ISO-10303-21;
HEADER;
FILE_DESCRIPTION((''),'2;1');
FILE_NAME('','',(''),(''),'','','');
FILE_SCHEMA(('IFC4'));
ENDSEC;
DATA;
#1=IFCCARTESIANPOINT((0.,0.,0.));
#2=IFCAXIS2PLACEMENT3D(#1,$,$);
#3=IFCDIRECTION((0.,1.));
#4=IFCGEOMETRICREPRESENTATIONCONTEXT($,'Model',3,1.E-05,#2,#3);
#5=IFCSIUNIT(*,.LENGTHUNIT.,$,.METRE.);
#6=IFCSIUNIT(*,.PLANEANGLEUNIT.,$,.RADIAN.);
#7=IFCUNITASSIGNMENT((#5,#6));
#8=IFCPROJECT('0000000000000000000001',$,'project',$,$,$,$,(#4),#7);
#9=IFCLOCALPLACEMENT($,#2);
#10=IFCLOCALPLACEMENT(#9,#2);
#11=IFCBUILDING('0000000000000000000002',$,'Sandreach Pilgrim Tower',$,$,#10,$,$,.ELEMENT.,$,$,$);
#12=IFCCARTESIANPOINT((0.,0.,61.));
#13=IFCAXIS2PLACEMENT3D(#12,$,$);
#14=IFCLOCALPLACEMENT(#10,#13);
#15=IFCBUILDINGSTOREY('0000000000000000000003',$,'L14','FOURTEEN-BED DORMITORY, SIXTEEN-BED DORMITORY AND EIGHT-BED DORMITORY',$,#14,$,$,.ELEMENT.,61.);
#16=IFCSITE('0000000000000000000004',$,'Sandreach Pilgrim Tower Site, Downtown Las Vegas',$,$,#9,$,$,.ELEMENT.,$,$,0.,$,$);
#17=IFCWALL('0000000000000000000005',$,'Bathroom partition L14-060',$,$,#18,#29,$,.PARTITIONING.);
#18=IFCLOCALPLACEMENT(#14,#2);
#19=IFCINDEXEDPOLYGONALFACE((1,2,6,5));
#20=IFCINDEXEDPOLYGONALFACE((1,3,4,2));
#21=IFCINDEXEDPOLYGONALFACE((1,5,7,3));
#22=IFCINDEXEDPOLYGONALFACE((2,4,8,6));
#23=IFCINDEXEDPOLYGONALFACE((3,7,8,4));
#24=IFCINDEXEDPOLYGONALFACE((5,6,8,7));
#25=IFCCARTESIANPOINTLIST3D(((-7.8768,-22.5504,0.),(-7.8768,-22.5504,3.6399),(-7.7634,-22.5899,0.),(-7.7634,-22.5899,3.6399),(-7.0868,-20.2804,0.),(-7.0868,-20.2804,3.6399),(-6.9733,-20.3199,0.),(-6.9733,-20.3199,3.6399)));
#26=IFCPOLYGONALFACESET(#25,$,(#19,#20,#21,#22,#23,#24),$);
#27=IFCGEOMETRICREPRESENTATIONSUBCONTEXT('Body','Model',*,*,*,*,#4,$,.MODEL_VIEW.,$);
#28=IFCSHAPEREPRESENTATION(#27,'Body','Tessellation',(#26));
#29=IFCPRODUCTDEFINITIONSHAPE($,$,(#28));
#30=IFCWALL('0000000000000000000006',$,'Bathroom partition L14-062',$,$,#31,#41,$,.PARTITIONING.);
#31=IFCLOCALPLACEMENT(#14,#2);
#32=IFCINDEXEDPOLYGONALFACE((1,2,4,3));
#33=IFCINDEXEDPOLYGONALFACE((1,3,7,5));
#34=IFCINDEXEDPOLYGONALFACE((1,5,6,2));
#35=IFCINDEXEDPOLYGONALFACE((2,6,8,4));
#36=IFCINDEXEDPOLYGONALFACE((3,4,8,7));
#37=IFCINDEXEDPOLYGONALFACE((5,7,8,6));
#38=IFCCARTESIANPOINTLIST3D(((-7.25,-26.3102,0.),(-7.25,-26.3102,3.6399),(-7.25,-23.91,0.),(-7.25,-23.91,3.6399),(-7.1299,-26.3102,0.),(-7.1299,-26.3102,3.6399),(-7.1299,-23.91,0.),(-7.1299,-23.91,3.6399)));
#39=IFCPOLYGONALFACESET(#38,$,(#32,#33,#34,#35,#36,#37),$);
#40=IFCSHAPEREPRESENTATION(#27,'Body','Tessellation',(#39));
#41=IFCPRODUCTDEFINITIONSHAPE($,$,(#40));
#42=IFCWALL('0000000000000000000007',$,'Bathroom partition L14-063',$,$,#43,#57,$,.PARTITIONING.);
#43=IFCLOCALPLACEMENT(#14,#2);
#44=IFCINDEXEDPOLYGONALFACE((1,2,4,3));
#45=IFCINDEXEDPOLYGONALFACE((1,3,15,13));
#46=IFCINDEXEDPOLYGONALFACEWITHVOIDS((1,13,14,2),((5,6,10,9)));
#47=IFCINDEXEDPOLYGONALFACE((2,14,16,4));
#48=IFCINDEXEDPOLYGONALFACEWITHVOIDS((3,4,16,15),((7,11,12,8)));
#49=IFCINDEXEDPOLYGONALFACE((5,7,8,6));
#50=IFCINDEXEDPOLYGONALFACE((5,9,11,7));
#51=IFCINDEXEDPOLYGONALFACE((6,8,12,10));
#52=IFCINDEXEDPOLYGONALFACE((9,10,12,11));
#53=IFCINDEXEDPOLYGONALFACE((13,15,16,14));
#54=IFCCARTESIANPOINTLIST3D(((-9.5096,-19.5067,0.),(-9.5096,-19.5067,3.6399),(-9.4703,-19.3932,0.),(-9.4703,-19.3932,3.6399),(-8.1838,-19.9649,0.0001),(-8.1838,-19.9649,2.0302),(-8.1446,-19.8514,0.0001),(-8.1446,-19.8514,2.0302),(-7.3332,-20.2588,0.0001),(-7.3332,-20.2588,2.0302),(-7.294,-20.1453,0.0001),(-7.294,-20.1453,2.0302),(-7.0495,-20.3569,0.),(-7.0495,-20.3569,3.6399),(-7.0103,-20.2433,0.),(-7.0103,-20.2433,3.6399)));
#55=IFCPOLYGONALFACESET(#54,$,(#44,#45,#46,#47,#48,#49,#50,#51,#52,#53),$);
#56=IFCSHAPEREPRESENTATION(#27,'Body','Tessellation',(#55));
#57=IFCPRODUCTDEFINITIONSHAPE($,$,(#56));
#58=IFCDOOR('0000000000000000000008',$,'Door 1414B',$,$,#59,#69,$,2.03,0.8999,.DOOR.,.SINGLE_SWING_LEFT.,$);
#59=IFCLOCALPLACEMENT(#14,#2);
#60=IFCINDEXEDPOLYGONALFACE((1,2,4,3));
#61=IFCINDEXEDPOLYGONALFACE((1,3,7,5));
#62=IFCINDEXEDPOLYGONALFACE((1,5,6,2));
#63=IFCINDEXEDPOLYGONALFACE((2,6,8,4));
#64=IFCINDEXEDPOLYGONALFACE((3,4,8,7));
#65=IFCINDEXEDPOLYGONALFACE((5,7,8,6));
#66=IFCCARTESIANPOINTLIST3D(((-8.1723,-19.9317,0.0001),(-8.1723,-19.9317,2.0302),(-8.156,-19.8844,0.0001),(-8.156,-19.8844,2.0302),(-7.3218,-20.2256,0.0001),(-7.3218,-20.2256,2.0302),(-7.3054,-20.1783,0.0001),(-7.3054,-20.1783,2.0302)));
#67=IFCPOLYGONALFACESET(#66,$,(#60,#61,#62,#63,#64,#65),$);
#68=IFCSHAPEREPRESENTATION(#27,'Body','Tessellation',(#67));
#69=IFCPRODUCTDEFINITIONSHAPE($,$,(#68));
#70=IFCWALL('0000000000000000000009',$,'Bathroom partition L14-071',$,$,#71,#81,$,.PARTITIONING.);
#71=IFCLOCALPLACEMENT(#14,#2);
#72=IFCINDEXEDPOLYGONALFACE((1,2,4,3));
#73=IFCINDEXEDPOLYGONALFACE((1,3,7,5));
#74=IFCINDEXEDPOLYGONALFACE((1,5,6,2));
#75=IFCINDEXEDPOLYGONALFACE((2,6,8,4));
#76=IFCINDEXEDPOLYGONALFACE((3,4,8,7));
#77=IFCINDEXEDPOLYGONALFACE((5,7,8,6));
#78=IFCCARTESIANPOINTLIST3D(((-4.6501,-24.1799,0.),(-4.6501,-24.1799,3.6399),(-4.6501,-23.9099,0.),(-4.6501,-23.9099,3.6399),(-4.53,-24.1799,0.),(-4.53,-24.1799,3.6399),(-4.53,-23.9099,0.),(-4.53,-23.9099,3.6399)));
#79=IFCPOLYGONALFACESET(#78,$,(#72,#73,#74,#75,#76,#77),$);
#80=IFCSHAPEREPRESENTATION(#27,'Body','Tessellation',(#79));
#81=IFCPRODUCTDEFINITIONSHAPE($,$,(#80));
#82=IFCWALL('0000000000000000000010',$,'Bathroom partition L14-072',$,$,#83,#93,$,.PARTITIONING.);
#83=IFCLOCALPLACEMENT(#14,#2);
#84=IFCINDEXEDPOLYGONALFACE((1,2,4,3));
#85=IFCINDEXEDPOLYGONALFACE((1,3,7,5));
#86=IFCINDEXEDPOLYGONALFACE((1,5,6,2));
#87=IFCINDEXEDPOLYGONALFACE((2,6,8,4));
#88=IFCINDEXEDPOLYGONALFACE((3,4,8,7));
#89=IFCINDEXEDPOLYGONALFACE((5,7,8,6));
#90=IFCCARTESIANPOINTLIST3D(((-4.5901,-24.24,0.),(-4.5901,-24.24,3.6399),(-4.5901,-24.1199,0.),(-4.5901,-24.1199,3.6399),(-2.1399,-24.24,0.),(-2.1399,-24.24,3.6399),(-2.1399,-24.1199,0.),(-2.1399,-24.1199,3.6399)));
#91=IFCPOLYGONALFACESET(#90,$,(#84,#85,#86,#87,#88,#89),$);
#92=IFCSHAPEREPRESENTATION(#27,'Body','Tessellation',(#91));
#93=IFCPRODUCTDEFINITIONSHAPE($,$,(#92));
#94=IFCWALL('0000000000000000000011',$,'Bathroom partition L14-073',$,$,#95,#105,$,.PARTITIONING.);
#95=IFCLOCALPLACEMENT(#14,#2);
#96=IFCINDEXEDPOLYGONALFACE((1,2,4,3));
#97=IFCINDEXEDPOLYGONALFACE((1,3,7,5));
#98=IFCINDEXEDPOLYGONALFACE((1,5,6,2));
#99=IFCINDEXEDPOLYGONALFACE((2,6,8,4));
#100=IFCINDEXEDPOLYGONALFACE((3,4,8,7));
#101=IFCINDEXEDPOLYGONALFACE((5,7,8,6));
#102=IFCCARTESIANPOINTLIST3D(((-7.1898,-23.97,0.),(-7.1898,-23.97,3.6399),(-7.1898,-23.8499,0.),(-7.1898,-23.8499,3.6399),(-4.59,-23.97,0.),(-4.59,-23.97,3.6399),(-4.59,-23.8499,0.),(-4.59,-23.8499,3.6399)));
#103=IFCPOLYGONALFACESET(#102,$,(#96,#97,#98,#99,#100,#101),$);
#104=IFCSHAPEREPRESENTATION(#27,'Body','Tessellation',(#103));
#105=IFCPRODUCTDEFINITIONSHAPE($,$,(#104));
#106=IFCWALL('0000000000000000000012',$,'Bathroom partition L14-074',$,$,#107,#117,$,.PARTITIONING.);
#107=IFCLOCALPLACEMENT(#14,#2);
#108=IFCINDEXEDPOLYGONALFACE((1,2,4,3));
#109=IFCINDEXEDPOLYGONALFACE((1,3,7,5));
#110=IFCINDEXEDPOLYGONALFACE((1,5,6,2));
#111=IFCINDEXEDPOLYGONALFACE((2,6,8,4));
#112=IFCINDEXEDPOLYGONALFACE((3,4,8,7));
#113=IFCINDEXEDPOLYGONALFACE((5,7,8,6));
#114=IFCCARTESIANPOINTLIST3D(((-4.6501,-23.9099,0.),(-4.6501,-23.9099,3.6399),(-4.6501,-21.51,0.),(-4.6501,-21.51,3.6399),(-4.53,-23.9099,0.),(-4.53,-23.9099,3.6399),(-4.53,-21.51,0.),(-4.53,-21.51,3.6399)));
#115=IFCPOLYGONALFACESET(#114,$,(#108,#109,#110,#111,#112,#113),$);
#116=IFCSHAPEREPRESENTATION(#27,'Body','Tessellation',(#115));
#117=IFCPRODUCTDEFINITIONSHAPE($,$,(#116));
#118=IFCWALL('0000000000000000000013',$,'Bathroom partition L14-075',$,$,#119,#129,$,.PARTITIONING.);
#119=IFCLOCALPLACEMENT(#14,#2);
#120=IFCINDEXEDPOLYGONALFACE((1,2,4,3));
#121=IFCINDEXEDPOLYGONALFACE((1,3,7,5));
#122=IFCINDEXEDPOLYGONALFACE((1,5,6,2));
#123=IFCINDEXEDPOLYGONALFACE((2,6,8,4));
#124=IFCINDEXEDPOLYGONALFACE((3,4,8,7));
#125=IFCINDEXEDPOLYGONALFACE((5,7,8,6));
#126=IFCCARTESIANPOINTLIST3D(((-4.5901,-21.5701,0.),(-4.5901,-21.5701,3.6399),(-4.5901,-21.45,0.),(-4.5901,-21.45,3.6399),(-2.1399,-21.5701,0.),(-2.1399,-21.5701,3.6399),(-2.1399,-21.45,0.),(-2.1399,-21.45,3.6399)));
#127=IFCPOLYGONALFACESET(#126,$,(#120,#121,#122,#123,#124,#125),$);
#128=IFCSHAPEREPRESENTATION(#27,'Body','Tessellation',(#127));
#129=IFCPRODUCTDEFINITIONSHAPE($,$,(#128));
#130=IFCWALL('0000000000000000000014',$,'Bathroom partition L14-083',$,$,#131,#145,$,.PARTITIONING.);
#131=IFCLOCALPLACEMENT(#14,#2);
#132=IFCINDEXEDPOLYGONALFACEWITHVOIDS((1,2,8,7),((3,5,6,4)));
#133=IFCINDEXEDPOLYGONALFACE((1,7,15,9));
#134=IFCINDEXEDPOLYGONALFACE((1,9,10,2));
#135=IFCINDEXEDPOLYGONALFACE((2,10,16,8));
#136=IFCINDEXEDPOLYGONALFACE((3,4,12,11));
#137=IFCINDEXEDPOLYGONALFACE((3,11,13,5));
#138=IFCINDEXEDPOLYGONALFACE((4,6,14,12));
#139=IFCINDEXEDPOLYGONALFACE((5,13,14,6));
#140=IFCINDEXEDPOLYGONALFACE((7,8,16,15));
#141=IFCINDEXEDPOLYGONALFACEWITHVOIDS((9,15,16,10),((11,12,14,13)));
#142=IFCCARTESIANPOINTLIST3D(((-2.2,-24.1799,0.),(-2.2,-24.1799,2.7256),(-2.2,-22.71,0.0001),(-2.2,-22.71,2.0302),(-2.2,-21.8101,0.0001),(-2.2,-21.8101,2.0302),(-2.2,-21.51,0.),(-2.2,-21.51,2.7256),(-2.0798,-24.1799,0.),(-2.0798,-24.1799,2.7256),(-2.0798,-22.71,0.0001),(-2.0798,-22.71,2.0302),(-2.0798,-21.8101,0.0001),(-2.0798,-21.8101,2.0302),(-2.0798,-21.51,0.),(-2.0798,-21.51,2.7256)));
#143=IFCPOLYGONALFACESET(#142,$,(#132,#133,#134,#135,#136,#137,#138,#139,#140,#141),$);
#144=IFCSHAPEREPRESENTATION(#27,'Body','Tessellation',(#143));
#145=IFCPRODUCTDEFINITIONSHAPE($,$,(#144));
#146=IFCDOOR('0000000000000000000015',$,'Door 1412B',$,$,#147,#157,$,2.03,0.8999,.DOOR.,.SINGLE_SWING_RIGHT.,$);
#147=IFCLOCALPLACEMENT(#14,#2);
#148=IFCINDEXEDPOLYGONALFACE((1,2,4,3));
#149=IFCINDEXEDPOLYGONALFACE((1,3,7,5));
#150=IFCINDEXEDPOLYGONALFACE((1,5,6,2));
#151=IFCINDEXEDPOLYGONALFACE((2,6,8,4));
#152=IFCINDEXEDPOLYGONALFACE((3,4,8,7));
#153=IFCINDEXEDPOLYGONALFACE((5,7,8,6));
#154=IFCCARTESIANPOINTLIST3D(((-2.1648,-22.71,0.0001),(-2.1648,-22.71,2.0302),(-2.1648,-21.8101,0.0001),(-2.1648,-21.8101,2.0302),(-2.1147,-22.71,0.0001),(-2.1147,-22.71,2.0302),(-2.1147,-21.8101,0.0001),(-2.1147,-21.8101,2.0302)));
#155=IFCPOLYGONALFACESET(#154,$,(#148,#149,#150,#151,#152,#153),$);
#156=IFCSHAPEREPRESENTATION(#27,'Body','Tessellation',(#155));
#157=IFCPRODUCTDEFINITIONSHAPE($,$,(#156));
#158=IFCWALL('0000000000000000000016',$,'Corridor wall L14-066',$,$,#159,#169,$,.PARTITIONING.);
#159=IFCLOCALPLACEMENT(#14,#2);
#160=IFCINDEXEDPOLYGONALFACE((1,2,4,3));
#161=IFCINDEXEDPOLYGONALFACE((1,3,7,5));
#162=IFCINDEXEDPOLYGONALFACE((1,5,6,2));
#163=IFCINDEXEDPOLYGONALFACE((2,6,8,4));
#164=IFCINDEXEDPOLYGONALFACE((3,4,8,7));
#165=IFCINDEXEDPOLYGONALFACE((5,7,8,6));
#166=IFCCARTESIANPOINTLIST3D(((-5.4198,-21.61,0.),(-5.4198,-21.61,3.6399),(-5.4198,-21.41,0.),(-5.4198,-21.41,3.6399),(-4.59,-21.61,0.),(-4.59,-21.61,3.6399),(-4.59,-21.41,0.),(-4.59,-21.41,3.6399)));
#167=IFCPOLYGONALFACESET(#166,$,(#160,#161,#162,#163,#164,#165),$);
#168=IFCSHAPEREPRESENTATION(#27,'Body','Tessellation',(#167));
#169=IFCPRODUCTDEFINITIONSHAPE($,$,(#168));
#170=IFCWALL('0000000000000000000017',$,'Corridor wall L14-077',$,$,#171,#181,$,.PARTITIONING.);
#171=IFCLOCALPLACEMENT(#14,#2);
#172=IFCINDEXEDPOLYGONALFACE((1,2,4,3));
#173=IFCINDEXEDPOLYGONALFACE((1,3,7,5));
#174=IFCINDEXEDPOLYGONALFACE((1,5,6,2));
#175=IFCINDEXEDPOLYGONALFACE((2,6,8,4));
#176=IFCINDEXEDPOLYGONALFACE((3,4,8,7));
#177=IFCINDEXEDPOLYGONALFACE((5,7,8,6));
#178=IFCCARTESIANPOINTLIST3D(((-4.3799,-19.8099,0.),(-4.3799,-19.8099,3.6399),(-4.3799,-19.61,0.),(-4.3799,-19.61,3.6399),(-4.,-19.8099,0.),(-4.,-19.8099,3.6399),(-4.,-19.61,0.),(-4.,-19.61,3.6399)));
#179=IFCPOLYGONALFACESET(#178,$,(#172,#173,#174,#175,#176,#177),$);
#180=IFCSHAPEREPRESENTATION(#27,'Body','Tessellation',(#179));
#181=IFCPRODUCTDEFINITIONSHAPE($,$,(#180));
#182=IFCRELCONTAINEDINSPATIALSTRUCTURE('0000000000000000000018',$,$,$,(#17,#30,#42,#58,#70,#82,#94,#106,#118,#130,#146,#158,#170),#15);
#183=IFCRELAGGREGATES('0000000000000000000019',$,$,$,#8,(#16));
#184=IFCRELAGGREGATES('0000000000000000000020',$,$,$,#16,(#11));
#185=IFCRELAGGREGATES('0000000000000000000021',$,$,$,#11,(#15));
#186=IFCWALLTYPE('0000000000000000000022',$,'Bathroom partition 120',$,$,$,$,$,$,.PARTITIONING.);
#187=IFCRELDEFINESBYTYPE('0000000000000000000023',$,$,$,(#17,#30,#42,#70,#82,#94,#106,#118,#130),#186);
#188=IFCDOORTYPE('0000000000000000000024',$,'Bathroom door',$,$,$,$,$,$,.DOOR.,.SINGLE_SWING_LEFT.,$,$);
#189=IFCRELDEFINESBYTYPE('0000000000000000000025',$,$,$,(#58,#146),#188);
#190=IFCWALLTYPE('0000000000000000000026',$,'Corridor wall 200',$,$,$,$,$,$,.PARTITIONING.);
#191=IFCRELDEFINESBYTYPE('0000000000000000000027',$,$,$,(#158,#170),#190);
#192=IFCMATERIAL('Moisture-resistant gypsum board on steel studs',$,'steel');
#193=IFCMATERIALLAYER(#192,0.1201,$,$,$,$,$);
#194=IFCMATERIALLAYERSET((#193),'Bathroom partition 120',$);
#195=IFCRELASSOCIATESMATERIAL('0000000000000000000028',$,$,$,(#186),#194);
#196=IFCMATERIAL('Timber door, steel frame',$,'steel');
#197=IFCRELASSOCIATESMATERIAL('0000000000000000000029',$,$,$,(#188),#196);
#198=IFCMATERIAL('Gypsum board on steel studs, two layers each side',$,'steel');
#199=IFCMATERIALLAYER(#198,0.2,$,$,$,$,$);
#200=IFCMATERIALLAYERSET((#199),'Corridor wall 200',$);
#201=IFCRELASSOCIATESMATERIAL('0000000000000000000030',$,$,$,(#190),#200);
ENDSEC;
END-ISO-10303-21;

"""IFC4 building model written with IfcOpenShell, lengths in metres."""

from ifc_helpers import new_model, si_unit, direction, frame, frame_2d, origin, place, context, subcontext, project, spatial, rectangle, extrude, material, layer, layer_set, type_object, element, fill, save


model = new_model("IFC4")

# Units and contexts
model_context = context("Model", 3, precision=1e-05, world=origin(), true_north=direction((0.0, 1.0)))
body_context = subcontext(model_context, "Body", "Model", "MODEL_VIEW")
ifc_project = project(units=[si_unit("LENGTHUNIT", "METRE"), si_unit("PLANEANGLEUNIT", "RADIAN")], contexts=[model_context])

# Site, building, storey
site_placement = place(None, origin())
site = spatial("IfcSite", under=ifc_project, at=site_placement, Name="Sandreach Pilgrim Tower Site, Downtown Las Vegas", CompositionType="ELEMENT", RefElevation=0.0)
building_placement = place(site_placement, origin())
building = spatial("IfcBuilding", under=site, at=building_placement, Name="Sandreach Pilgrim Tower", CompositionType="ELEMENT")
storey_placement = place(building_placement, frame((0.0, 0.0, 61.0)))
storey = spatial("IfcBuildingStorey", under=building, at=storey_placement, Name="L14", Description="FOURTEEN-BED DORMITORY, SIXTEEN-BED DORMITORY AND EIGHT-BED DORMITORY", CompositionType="ELEMENT", Elevation=61.0)

# Walls
ifc_material_1 = material(Name="Moisture-resistant gypsum board on steel studs", Category="steel")
ifc_layer_1 = layer(ifc_material_1, 0.1201)
ifc_layer_set_1 = layer_set([ifc_layer_1], Name="Bathroom partition 120")
wall_type_1 = type_object("IfcWallType", Name="Bathroom partition 120", PredefinedType="PARTITIONING", material=ifc_layer_set_1)
wall_1_placement = place(storey_placement, frame((-7.8201, -22.5701, 0.0), z_axis=(0.0, 0.0, 1.0), x_axis=(0.328694, 0.944436, 0.0)))
element("IfcWall", 1, at=wall_1_placement, inside=storey, type_object=wall_type_1, Name="Bathroom partition L14-060", PredefinedType="PARTITIONING", context=body_context, shape_type="SweptSolid", body=[
    extrude(rectangle(XDim=2.4036, YDim=0.1201, at=frame_2d((1.2017, 0.0))), origin(), (0.0, 0.0, 1.0), 3.6399),
])
wall_2_placement = place(storey_placement, frame((-7.1899, -23.9099, 0.0), z_axis=(0.0, 0.0, 1.0), x_axis=(0.0, -1.0, 0.0)))
element("IfcWall", 2, at=wall_2_placement, inside=storey, type_object=wall_type_1, Name="Bathroom partition L14-062", PredefinedType="PARTITIONING", context=body_context, shape_type="SweptSolid", body=[
    extrude(rectangle(XDim=2.4001, YDim=0.1201, at=frame_2d((1.2002, 0.0))), origin(), (0.0, 0.0, 1.0), 3.6399),
])

# Wall, opening, door
wall_3_placement = place(storey_placement, frame((-7.03, -20.3, 0.0), z_axis=(0.0, 0.0, 1.0), x_axis=(-0.945155, 0.326621, 0.0)))
wall_3 = element("IfcWall", 3, at=wall_3_placement, inside=storey, type_object=wall_type_1, Name="Bathroom partition L14-063", PredefinedType="PARTITIONING", context=body_context, shape_type="SweptSolid", body=[
    extrude(rectangle(XDim=2.6028, YDim=0.1201, at=frame_2d((1.3013, 0.0))), origin(), (0.0, 0.0, 1.0), 3.6399),
])
opening_1_placement = place(wall_3_placement, frame((0.3, 0.0, 0.0)))
opening_1 = element("IfcOpeningElement", 4, at=opening_1_placement, cuts=wall_3, PredefinedType="OPENING", context=body_context, shape_type="SweptSolid", body=[
    extrude(rectangle(XDim=0.8999, YDim=2.03, at=frame_2d((0.45, 1.0151))), frame((0.0, 0.0601, 0.0), z_axis=(0.0, -1.0, 0.0), x_axis=(1.0, 0.0, 0.0)), (0.0, 0.0, 1.0), 0.1201),
])
ifc_material_2 = material(Name="Timber door, steel frame", Category="steel")
door_type_1 = type_object("IfcDoorType", Name="Bathroom door", OperationType="SINGLE_SWING_LEFT", PredefinedType="DOOR", material=ifc_material_2)
door_1_placement = place(opening_1_placement, origin())
door_1 = element("IfcDoor", 5, at=door_1_placement, inside=storey, type_object=door_type_1, Name="Door 1414B", OperationType="SINGLE_SWING_LEFT", OverallHeight=2.03, OverallWidth=0.8999, PredefinedType="DOOR", context=body_context, shape_type="SweptSolid", body=[
    extrude(rectangle(XDim=0.8999, YDim=2.03, at=frame_2d((0.45, 1.0151))), frame((0.0, 0.0249, 0.0), z_axis=(0.0, -1.0, 0.0), x_axis=(1.0, 0.0, 0.0)), (0.0, 0.0, 1.0), 0.05),
])
fill(opening_1, door_1)

# Walls
wall_4_placement = place(storey_placement, frame((-4.5901, -24.1799, 0.0), z_axis=(0.0, 0.0, 1.0), x_axis=(0.0, 1.0, 0.0)))
element("IfcWall", 6, at=wall_4_placement, inside=storey, type_object=wall_type_1, Name="Bathroom partition L14-071", PredefinedType="PARTITIONING", context=body_context, shape_type="SweptSolid", body=[
    extrude(rectangle(XDim=0.27, YDim=0.1201, at=frame_2d((0.135, 0.0))), origin(), (0.0, 0.0, 1.0), 3.6399),
])
wall_5_placement = place(storey_placement, frame((-4.5901, -24.1799, 0.0), z_axis=(0.0, 0.0, 1.0), x_axis=(1.0, 0.0, 0.0)))
element("IfcWall", 7, at=wall_5_placement, inside=storey, type_object=wall_type_1, Name="Bathroom partition L14-072", PredefinedType="PARTITIONING", context=body_context, shape_type="SweptSolid", body=[
    extrude(rectangle(XDim=2.4502, YDim=0.1201, at=frame_2d((1.2251, 0.0))), origin(), (0.0, 0.0, 1.0), 3.6399),
])
wall_6_placement = place(storey_placement, frame((-4.5901, -23.9099, 0.0), z_axis=(0.0, 0.0, 1.0), x_axis=(-1.0, 0.0, 0.0)))
element("IfcWall", 8, at=wall_6_placement, inside=storey, type_object=wall_type_1, Name="Bathroom partition L14-073", PredefinedType="PARTITIONING", context=body_context, shape_type="SweptSolid", body=[
    extrude(rectangle(XDim=2.5999, YDim=0.1201, at=frame_2d((1.2998, 0.0))), origin(), (0.0, 0.0, 1.0), 3.6399),
])
wall_7_placement = place(storey_placement, frame((-4.5901, -23.9099, 0.0), z_axis=(0.0, 0.0, 1.0), x_axis=(0.0, 1.0, 0.0)))
element("IfcWall", 9, at=wall_7_placement, inside=storey, type_object=wall_type_1, Name="Bathroom partition L14-074", PredefinedType="PARTITIONING", context=body_context, shape_type="SweptSolid", body=[
    extrude(rectangle(XDim=2.3999, YDim=0.1201, at=frame_2d((1.2, 0.0))), origin(), (0.0, 0.0, 1.0), 3.6399),
])
wall_8_placement = place(storey_placement, frame((-4.5901, -21.51, 0.0), z_axis=(0.0, 0.0, 1.0), x_axis=(1.0, 0.0, 0.0)))
element("IfcWall", 10, at=wall_8_placement, inside=storey, type_object=wall_type_1, Name="Bathroom partition L14-075", PredefinedType="PARTITIONING", context=body_context, shape_type="SweptSolid", body=[
    extrude(rectangle(XDim=2.4502, YDim=0.1201, at=frame_2d((1.2251, 0.0))), origin(), (0.0, 0.0, 1.0), 3.6399),
])

# Wall, opening, door
wall_9_placement = place(storey_placement, frame((-2.1399, -24.1799, 0.0), z_axis=(0.0, 0.0, 1.0), x_axis=(0.0, 1.0, 0.0)))
wall_9 = element("IfcWall", 11, at=wall_9_placement, inside=storey, type_object=wall_type_1, Name="Bathroom partition L14-083", PredefinedType="PARTITIONING", context=body_context, shape_type="SweptSolid", body=[
    extrude(rectangle(XDim=2.6699, YDim=0.1201, at=frame_2d((1.335, 0.0))), origin(), (0.0, 0.0, 1.0), 2.7256),
])
opening_2_placement = place(wall_9_placement, frame((1.47, 0.0, 0.0)))
opening_2 = element("IfcOpeningElement", 12, at=opening_2_placement, cuts=wall_9, PredefinedType="OPENING", context=body_context, shape_type="SweptSolid", body=[
    extrude(rectangle(XDim=0.8999, YDim=2.03, at=frame_2d((0.45, 1.0151))), frame((0.0, 0.0601, 0.0), z_axis=(0.0, -1.0, 0.0), x_axis=(1.0, 0.0, 0.0)), (0.0, 0.0, 1.0), 0.1201),
])
door_2_placement = place(opening_2_placement, origin())
door_2 = element("IfcDoor", 13, at=door_2_placement, inside=storey, type_object=door_type_1, Name="Door 1412B", OperationType="SINGLE_SWING_RIGHT", OverallHeight=2.03, OverallWidth=0.8999, PredefinedType="DOOR", context=body_context, shape_type="SweptSolid", body=[
    extrude(rectangle(XDim=0.8999, YDim=2.03, at=frame_2d((0.45, 1.0151))), frame((0.0, 0.0249, 0.0), z_axis=(0.0, -1.0, 0.0), x_axis=(1.0, 0.0, 0.0)), (0.0, 0.0, 1.0), 0.05),
])
fill(opening_2, door_2)
ifc_material_3 = material(Name="Gypsum board on steel studs, two layers each side", Category="steel")
ifc_layer_2 = layer(ifc_material_3, 0.2)
ifc_layer_set_2 = layer_set([ifc_layer_2], Name="Corridor wall 200")
wall_type_2 = type_object("IfcWallType", Name="Corridor wall 200", PredefinedType="PARTITIONING", material=ifc_layer_set_2)

# Wall
wall_10_placement = place(storey_placement, frame((-5.4199, -21.51, 0.0), z_axis=(0.0, 0.0, 1.0), x_axis=(1.0, 0.0, 0.0)))
element("IfcWall", 14, at=wall_10_placement, inside=storey, type_object=wall_type_2, Name="Corridor wall L14-066", PredefinedType="PARTITIONING", context=body_context, shape_type="SweptSolid", body=[
    extrude(rectangle(XDim=0.8298, YDim=0.2, at=frame_2d((0.415, 0.0))), origin(), (0.0, 0.0, 1.0), 3.6399),
])

# Wall
wall_11_placement = place(storey_placement, frame((-4.0, -19.71, 0.0), z_axis=(0.0, 0.0, 1.0), x_axis=(-1.0, 0.0, 0.0)))
element("IfcWall", 15, at=wall_11_placement, inside=storey, type_object=wall_type_2, Name="Corridor wall L14-077", PredefinedType="PARTITIONING", context=body_context, shape_type="SweptSolid", body=[
    extrude(rectangle(XDim=0.3799, YDim=0.2, at=frame_2d((0.1899, 0.0))), origin(), (0.0, 0.0, 1.0), 3.6399),
])

save(model, "model.ifc")
